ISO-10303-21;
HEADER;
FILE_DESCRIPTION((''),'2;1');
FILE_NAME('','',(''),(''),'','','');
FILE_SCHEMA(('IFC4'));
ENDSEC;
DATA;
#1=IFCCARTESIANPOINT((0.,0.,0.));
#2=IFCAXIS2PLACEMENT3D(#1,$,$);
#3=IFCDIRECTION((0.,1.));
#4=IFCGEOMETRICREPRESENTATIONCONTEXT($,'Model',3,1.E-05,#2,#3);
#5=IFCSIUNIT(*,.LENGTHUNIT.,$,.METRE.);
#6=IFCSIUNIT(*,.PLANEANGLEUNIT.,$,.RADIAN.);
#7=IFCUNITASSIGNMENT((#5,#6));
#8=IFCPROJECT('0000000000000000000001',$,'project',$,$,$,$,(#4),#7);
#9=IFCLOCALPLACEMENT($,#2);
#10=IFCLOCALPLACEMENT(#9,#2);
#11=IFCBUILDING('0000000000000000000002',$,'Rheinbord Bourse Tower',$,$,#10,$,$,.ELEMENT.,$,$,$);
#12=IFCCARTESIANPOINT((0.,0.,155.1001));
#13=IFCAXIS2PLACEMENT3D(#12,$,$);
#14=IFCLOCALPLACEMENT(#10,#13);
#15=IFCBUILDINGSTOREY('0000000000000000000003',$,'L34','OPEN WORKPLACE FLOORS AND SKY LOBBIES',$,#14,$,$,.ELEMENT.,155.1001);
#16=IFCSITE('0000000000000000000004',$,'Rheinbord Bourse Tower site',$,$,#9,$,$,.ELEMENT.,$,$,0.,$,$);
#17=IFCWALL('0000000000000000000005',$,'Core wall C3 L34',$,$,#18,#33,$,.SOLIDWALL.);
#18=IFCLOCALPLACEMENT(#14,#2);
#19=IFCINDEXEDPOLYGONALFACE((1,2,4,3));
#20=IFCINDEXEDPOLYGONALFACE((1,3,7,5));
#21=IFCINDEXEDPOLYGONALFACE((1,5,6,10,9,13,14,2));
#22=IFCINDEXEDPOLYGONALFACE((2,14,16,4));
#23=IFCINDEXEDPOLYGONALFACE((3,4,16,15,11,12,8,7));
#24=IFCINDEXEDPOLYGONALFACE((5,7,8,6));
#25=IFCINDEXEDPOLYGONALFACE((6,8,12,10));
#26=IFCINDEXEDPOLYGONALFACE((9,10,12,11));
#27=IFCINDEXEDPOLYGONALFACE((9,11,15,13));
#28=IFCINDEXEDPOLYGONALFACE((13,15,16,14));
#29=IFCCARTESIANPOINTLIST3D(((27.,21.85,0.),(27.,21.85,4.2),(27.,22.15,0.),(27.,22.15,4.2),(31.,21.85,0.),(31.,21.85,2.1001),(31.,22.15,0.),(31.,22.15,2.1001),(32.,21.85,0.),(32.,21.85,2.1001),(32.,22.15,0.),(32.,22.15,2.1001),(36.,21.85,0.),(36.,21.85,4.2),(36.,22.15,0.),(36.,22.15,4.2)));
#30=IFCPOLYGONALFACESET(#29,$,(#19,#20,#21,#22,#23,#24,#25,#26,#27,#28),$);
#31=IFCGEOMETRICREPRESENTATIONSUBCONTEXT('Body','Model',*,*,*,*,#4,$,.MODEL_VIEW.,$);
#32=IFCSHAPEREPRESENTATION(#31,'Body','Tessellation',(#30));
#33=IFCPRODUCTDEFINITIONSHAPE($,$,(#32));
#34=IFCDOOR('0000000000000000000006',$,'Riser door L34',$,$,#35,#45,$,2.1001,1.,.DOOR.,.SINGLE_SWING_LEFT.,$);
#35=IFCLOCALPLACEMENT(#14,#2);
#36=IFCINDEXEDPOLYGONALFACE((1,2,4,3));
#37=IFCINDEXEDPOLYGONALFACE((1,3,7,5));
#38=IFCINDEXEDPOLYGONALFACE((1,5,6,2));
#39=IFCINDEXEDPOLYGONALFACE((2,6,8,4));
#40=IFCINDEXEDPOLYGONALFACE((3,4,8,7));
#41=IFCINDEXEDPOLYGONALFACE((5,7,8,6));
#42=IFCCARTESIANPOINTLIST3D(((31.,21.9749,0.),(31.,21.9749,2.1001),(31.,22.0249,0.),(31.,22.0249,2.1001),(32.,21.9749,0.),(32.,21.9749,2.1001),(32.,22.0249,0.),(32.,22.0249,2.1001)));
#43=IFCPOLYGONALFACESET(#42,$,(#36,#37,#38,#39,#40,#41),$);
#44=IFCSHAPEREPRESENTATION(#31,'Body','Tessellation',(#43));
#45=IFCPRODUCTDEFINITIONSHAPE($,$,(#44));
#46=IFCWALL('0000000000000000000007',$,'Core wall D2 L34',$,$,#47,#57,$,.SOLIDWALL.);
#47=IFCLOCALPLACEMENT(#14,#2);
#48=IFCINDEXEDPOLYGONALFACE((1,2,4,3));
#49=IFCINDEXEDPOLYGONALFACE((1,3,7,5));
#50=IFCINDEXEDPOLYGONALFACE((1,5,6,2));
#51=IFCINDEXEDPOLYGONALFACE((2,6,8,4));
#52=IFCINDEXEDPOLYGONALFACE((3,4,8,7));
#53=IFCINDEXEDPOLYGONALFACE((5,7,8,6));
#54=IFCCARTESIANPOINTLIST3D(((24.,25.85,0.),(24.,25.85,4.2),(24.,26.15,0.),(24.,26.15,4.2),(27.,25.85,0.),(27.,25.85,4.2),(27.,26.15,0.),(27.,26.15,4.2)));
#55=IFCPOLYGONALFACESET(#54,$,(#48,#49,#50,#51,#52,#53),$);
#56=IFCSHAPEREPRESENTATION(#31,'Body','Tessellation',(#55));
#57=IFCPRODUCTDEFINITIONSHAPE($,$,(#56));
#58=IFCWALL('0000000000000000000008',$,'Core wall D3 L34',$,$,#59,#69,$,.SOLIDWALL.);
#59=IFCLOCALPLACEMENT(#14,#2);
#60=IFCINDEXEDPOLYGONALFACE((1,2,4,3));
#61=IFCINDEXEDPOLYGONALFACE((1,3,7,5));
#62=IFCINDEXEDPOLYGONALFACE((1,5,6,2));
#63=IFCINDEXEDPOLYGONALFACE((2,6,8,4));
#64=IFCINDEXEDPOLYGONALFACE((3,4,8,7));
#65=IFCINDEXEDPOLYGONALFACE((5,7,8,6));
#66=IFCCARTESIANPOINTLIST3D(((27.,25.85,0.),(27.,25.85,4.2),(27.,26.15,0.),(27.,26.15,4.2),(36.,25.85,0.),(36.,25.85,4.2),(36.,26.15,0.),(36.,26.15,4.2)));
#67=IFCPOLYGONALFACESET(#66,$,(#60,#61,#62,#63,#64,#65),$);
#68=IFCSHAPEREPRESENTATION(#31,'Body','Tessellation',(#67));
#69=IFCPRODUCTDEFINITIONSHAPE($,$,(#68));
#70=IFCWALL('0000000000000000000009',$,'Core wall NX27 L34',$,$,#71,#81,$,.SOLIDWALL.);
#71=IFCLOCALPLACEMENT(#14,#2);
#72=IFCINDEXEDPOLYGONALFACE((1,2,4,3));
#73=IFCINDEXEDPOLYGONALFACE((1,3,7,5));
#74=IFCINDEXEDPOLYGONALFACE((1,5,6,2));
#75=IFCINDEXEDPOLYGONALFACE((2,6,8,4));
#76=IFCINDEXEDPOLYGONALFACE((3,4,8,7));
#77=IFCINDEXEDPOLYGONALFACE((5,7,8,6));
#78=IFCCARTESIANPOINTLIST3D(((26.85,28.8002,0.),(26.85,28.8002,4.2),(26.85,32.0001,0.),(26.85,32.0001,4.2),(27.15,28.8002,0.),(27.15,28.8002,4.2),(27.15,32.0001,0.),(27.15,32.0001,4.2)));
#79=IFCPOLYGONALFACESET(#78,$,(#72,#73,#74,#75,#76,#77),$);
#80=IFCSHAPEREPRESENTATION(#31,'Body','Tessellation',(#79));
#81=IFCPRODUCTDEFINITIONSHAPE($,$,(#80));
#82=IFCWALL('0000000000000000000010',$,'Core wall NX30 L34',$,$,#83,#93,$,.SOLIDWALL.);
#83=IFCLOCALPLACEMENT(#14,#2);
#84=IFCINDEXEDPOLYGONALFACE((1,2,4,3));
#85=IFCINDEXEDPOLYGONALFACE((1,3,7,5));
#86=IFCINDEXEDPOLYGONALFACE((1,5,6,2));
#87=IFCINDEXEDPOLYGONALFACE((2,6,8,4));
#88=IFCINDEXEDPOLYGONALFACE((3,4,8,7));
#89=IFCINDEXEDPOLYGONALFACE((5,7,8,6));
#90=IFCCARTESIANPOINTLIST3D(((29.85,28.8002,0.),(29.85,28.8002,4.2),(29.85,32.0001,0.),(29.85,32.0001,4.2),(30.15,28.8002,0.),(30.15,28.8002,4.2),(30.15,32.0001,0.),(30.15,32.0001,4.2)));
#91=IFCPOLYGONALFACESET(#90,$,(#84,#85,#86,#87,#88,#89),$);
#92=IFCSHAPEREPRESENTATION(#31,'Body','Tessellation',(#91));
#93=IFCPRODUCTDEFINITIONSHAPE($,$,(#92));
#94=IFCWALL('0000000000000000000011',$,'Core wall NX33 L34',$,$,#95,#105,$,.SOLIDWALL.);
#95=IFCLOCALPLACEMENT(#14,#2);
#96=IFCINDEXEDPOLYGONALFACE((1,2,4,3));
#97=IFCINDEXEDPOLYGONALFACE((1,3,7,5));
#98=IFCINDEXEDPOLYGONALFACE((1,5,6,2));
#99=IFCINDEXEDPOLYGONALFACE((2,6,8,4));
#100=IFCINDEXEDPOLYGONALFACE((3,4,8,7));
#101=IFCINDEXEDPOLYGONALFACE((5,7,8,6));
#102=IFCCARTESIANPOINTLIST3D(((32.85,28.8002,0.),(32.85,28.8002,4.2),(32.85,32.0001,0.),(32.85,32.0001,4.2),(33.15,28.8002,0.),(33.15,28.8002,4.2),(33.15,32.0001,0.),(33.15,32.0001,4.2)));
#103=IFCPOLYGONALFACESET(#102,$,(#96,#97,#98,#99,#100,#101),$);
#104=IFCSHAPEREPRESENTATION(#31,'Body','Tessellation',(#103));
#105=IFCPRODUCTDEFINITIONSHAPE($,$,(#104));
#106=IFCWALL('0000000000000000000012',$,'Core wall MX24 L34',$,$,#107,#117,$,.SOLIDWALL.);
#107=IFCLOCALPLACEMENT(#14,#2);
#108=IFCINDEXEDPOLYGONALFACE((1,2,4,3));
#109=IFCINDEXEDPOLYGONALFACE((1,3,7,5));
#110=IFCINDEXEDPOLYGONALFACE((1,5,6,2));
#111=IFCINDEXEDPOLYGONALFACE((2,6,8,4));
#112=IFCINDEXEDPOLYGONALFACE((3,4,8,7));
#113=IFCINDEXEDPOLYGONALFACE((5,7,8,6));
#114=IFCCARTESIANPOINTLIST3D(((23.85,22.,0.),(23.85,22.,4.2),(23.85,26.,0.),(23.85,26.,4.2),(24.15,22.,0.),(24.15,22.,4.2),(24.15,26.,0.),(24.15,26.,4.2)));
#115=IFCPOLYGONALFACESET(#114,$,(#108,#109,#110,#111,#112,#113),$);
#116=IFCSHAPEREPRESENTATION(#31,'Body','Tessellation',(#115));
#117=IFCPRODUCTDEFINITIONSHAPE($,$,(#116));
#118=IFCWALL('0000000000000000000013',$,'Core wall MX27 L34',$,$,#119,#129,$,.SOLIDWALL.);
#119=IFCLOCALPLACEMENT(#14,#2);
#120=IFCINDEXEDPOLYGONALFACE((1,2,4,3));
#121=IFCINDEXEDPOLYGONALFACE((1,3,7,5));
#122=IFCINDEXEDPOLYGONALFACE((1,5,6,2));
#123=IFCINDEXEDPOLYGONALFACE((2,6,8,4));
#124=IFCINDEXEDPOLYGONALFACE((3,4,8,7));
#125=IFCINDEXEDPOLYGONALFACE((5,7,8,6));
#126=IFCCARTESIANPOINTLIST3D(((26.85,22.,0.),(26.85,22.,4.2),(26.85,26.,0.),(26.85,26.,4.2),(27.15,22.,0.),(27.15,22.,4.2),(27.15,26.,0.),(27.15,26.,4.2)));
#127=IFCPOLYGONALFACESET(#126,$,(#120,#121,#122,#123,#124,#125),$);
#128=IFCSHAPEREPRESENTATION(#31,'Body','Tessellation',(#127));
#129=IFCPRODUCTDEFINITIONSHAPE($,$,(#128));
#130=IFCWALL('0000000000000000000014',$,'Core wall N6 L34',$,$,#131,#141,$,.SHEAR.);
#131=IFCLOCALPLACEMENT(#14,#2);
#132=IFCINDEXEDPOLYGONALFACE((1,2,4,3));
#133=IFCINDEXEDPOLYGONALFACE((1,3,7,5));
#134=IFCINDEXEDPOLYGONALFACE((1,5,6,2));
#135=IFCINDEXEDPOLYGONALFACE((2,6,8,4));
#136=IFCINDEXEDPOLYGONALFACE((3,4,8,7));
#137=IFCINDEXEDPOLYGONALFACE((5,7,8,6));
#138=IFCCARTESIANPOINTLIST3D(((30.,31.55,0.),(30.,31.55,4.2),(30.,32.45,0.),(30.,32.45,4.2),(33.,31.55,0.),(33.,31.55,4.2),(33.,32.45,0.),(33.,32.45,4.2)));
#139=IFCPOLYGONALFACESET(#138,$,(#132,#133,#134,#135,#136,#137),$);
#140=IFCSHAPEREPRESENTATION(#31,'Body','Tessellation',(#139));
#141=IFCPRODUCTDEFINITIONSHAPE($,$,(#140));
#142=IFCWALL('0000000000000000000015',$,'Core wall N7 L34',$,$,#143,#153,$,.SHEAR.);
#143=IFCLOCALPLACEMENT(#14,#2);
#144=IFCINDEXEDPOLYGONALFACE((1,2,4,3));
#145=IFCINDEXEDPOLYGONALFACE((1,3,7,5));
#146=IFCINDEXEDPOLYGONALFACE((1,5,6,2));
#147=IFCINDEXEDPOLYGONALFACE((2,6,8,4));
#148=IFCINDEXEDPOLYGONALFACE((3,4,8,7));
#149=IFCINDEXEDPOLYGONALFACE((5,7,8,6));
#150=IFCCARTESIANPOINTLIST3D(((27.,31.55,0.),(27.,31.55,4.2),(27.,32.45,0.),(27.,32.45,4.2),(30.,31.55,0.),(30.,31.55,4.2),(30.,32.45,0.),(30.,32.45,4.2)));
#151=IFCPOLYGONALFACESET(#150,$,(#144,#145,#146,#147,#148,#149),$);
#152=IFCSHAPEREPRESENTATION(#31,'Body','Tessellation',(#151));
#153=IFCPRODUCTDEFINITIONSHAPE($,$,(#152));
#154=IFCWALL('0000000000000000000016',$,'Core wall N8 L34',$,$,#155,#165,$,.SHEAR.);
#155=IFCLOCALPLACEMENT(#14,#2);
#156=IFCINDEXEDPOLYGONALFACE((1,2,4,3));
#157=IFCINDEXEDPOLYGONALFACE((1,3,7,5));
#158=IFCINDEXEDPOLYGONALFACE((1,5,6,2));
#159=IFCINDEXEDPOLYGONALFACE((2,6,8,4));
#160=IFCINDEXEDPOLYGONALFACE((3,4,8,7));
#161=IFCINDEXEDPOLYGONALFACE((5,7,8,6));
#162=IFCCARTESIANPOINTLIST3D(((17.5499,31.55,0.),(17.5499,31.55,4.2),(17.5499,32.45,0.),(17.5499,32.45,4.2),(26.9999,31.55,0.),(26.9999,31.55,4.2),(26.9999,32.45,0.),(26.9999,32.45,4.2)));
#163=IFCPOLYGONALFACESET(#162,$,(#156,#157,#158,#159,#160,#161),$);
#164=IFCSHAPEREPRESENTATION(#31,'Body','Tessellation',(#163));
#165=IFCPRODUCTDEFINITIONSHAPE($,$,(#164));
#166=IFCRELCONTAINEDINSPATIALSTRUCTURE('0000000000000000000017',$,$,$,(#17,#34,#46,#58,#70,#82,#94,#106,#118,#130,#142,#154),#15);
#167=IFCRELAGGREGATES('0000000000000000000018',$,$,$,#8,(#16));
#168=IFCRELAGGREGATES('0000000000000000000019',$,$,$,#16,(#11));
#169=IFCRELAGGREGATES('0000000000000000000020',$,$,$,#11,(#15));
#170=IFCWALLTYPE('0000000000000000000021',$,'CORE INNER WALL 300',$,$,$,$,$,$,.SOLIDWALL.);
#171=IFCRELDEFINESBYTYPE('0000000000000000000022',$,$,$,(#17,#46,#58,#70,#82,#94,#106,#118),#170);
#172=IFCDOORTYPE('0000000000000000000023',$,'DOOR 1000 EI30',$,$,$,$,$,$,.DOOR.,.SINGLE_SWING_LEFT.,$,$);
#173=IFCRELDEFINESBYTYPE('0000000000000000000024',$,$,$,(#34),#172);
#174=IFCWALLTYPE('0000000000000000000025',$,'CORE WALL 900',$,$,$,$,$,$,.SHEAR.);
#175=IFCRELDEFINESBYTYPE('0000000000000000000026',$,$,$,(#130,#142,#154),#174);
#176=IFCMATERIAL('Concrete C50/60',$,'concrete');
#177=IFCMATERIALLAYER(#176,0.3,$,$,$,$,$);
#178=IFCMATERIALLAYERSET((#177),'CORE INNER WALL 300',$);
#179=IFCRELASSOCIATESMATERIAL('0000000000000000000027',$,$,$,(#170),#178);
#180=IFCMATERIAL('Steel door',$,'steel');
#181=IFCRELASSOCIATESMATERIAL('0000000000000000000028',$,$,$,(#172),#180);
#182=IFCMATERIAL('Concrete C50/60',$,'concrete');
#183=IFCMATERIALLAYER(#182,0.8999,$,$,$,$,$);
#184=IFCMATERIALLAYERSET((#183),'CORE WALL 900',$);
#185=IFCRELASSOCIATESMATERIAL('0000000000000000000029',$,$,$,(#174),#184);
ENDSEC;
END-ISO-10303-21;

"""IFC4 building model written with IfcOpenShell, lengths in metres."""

from ifc_helpers import new_model, si_unit, direction, frame, frame_2d, origin, place, context, subcontext, project, spatial, rectangle, extrude, material, layer, layer_set, type_object, element, fill, save


model = new_model("IFC4")

# Units and contexts
model_context = context("Model", 3, precision=1e-05, world=origin(), true_north=direction((0.0, 1.0)))
body_context = subcontext(model_context, "Body", "Model", "MODEL_VIEW")
ifc_project = project(units=[si_unit("LENGTHUNIT", "METRE"), si_unit("PLANEANGLEUNIT", "RADIAN")], contexts=[model_context])

# Site, building, storey
site_placement = place(None, origin())
site = spatial("IfcSite", under=ifc_project, at=site_placement, Name="Rheinbord Bourse Tower site", CompositionType="ELEMENT", RefElevation=0.0)
building_placement = place(site_placement, origin())
building = spatial("IfcBuilding", under=site, at=building_placement, Name="Rheinbord Bourse Tower", CompositionType="ELEMENT")
storey_placement = place(building_placement, frame((0.0, 0.0, 155.1001)))
storey = spatial("IfcBuildingStorey", under=building, at=storey_placement, Name="L34", Description="OPEN WORKPLACE FLOORS AND SKY LOBBIES", CompositionType="ELEMENT", Elevation=155.1001)

# Wall, opening, door
ifc_material_1 = material(Name="Concrete C50/60", Category="concrete")
ifc_layer_1 = layer(ifc_material_1, 0.3)
ifc_layer_set_1 = layer_set([ifc_layer_1], Name="CORE INNER WALL 300")
wall_type_1 = type_object("IfcWallType", Name="CORE INNER WALL 300", PredefinedType="SOLIDWALL", material=ifc_layer_set_1)
wall_1_placement = place(storey_placement, frame((27.0, 22.0, 0.0), z_axis=(0.0, 0.0, 1.0), x_axis=(1.0, 0.0, 0.0)))
wall_1 = element("IfcWall", 1, at=wall_1_placement, inside=storey, type_object=wall_type_1, Name="Core wall C3 L34", PredefinedType="SOLIDWALL", context=body_context, shape_type="SweptSolid", body=[
    extrude(rectangle(XDim=9.0, YDim=0.3, at=frame_2d((4.5, 0.0))), origin(), (0.0, 0.0, 1.0), 4.2),
])
opening_1_placement = place(wall_1_placement, frame((4.0, 0.0, 0.0)))
opening_1 = element("IfcOpeningElement", 2, at=opening_1_placement, cuts=wall_1, PredefinedType="OPENING", context=body_context, shape_type="SweptSolid", body=[
    extrude(rectangle(XDim=1.0, YDim=2.1001, at=frame_2d((0.5, 1.05))), frame((0.0, 0.1599, 0.0), z_axis=(0.0, -1.0, 0.0), x_axis=(1.0, 0.0, 0.0)), (0.0, 0.0, 1.0), 0.3201),
])
ifc_material_2 = material(Name="Steel door", Category="steel")
door_type_1 = type_object("IfcDoorType", Name="DOOR 1000 EI30", OperationType="SINGLE_SWING_LEFT", PredefinedType="DOOR", material=ifc_material_2)
door_1_placement = place(opening_1_placement, origin())
door_1 = element("IfcDoor", 3, at=door_1_placement, inside=storey, type_object=door_type_1, Name="Riser door L34", OperationType="SINGLE_SWING_LEFT", OverallHeight=2.1001, OverallWidth=1.0, PredefinedType="DOOR", context=body_context, shape_type="SweptSolid", body=[
    extrude(rectangle(XDim=1.0, YDim=2.1001, at=frame_2d((0.5, 1.05))), frame((0.0, 0.0249, 0.0), z_axis=(0.0, -1.0, 0.0), x_axis=(1.0, 0.0, 0.0)), (0.0, 0.0, 1.0), 0.05),
])
fill(opening_1, door_1)

# Walls
wall_2_placement = place(storey_placement, frame((24.0, 26.0, 0.0), z_axis=(0.0, 0.0, 1.0), x_axis=(1.0, 0.0, 0.0)))
element("IfcWall", 4, at=wall_2_placement, inside=storey, type_object=wall_type_1, Name="Core wall D2 L34", PredefinedType="SOLIDWALL", context=body_context, shape_type="SweptSolid", body=[
    extrude(rectangle(XDim=3.0, YDim=0.3, at=frame_2d((1.5, 0.0))), origin(), (0.0, 0.0, 1.0), 4.2),
])
wall_3_placement = place(storey_placement, frame((27.0, 26.0, 0.0), z_axis=(0.0, 0.0, 1.0), x_axis=(1.0, 0.0, 0.0)))
element("IfcWall", 5, at=wall_3_placement, inside=storey, type_object=wall_type_1, Name="Core wall D3 L34", PredefinedType="SOLIDWALL", context=body_context, shape_type="SweptSolid", body=[
    extrude(rectangle(XDim=9.0, YDim=0.3, at=frame_2d((4.5, 0.0))), origin(), (0.0, 0.0, 1.0), 4.2),
])
for number, where, z_axis, x_axis, name in (
    (6, (27.0, 28.8, 0.0), (0.0, 0.0, 1.0), (0.0, 1.0, 0.0), "Core wall NX27 L34"),
    (7, (30.0, 28.8, 0.0), (0.0, 0.0, 1.0), (0.0, 1.0, 0.0), "Core wall NX30 L34"),
    (8, (33.0, 28.8, 0.0), (0.0, 0.0, 1.0), (0.0, 1.0, 0.0), "Core wall NX33 L34"),
):
    element("IfcWall", number, at=place(storey_placement, frame(where, z_axis=z_axis, x_axis=x_axis)), inside=storey, type_object=wall_type_1, Name=name, PredefinedType="SOLIDWALL", context=body_context, shape_type="SweptSolid", body=[
        extrude(rectangle(XDim=3.2, YDim=0.3, at=frame_2d((1.6001, 0.0))), origin(), (0.0, 0.0, 1.0), 4.2),
    ])
for number, where, z_axis, x_axis, name in (
    (9, (24.0, 22.0, 0.0), (0.0, 0.0, 1.0), (0.0, 1.0, 0.0), "Core wall MX24 L34"),
    (10, (27.0, 22.0, 0.0), (0.0, 0.0, 1.0), (0.0, 1.0, 0.0), "Core wall MX27 L34"),
):
    element("IfcWall", number, at=place(storey_placement, frame(where, z_axis=z_axis, x_axis=x_axis)), inside=storey, type_object=wall_type_1, Name=name, PredefinedType="SOLIDWALL", context=body_context, shape_type="SweptSolid", body=[
        extrude(rectangle(XDim=4.0, YDim=0.3, at=frame_2d((2.0, 0.0))), origin(), (0.0, 0.0, 1.0), 4.2),
    ])
ifc_material_3 = material(Name="Concrete C50/60", Category="concrete")
ifc_layer_2 = layer(ifc_material_3, 0.8999)
ifc_layer_set_2 = layer_set([ifc_layer_2], Name="CORE WALL 900")
wall_type_2 = type_object("IfcWallType", Name="CORE WALL 900", PredefinedType="SHEAR", material=ifc_layer_set_2)
for number, where, z_axis, x_axis, name in (
    (11, (33.0, 32.0, 0.0), (0.0, 0.0, 1.0), (-1.0, 0.0, 0.0), "Core wall N6 L34"),
    (12, (30.0, 32.0, 0.0), (0.0, 0.0, 1.0), (-1.0, 0.0, 0.0), "Core wall N7 L34"),
):
    element("IfcWall", number, at=place(storey_placement, frame(where, z_axis=z_axis, x_axis=x_axis)), inside=storey, type_object=wall_type_2, Name=name, PredefinedType="SHEAR", context=body_context, shape_type="SweptSolid", body=[
        extrude(rectangle(XDim=3.0, YDim=0.8999, at=frame_2d((1.5, 0.0))), origin(), (0.0, 0.0, 1.0), 4.2),
    ])
wall_4_placement = place(storey_placement, frame((27.0, 32.0, 0.0), z_axis=(0.0, 0.0, 1.0), x_axis=(-1.0, 0.0, 0.0)))
element("IfcWall", 13, at=wall_4_placement, inside=storey, type_object=wall_type_2, Name="Core wall N8 L34", PredefinedType="SHEAR", context=body_context, shape_type="SweptSolid", body=[
    extrude(rectangle(XDim=9.45, YDim=0.8999, at=frame_2d((4.7251, 0.0))), origin(), (0.0, 0.0, 1.0), 4.2),
])

save(model, "model.ifc")
